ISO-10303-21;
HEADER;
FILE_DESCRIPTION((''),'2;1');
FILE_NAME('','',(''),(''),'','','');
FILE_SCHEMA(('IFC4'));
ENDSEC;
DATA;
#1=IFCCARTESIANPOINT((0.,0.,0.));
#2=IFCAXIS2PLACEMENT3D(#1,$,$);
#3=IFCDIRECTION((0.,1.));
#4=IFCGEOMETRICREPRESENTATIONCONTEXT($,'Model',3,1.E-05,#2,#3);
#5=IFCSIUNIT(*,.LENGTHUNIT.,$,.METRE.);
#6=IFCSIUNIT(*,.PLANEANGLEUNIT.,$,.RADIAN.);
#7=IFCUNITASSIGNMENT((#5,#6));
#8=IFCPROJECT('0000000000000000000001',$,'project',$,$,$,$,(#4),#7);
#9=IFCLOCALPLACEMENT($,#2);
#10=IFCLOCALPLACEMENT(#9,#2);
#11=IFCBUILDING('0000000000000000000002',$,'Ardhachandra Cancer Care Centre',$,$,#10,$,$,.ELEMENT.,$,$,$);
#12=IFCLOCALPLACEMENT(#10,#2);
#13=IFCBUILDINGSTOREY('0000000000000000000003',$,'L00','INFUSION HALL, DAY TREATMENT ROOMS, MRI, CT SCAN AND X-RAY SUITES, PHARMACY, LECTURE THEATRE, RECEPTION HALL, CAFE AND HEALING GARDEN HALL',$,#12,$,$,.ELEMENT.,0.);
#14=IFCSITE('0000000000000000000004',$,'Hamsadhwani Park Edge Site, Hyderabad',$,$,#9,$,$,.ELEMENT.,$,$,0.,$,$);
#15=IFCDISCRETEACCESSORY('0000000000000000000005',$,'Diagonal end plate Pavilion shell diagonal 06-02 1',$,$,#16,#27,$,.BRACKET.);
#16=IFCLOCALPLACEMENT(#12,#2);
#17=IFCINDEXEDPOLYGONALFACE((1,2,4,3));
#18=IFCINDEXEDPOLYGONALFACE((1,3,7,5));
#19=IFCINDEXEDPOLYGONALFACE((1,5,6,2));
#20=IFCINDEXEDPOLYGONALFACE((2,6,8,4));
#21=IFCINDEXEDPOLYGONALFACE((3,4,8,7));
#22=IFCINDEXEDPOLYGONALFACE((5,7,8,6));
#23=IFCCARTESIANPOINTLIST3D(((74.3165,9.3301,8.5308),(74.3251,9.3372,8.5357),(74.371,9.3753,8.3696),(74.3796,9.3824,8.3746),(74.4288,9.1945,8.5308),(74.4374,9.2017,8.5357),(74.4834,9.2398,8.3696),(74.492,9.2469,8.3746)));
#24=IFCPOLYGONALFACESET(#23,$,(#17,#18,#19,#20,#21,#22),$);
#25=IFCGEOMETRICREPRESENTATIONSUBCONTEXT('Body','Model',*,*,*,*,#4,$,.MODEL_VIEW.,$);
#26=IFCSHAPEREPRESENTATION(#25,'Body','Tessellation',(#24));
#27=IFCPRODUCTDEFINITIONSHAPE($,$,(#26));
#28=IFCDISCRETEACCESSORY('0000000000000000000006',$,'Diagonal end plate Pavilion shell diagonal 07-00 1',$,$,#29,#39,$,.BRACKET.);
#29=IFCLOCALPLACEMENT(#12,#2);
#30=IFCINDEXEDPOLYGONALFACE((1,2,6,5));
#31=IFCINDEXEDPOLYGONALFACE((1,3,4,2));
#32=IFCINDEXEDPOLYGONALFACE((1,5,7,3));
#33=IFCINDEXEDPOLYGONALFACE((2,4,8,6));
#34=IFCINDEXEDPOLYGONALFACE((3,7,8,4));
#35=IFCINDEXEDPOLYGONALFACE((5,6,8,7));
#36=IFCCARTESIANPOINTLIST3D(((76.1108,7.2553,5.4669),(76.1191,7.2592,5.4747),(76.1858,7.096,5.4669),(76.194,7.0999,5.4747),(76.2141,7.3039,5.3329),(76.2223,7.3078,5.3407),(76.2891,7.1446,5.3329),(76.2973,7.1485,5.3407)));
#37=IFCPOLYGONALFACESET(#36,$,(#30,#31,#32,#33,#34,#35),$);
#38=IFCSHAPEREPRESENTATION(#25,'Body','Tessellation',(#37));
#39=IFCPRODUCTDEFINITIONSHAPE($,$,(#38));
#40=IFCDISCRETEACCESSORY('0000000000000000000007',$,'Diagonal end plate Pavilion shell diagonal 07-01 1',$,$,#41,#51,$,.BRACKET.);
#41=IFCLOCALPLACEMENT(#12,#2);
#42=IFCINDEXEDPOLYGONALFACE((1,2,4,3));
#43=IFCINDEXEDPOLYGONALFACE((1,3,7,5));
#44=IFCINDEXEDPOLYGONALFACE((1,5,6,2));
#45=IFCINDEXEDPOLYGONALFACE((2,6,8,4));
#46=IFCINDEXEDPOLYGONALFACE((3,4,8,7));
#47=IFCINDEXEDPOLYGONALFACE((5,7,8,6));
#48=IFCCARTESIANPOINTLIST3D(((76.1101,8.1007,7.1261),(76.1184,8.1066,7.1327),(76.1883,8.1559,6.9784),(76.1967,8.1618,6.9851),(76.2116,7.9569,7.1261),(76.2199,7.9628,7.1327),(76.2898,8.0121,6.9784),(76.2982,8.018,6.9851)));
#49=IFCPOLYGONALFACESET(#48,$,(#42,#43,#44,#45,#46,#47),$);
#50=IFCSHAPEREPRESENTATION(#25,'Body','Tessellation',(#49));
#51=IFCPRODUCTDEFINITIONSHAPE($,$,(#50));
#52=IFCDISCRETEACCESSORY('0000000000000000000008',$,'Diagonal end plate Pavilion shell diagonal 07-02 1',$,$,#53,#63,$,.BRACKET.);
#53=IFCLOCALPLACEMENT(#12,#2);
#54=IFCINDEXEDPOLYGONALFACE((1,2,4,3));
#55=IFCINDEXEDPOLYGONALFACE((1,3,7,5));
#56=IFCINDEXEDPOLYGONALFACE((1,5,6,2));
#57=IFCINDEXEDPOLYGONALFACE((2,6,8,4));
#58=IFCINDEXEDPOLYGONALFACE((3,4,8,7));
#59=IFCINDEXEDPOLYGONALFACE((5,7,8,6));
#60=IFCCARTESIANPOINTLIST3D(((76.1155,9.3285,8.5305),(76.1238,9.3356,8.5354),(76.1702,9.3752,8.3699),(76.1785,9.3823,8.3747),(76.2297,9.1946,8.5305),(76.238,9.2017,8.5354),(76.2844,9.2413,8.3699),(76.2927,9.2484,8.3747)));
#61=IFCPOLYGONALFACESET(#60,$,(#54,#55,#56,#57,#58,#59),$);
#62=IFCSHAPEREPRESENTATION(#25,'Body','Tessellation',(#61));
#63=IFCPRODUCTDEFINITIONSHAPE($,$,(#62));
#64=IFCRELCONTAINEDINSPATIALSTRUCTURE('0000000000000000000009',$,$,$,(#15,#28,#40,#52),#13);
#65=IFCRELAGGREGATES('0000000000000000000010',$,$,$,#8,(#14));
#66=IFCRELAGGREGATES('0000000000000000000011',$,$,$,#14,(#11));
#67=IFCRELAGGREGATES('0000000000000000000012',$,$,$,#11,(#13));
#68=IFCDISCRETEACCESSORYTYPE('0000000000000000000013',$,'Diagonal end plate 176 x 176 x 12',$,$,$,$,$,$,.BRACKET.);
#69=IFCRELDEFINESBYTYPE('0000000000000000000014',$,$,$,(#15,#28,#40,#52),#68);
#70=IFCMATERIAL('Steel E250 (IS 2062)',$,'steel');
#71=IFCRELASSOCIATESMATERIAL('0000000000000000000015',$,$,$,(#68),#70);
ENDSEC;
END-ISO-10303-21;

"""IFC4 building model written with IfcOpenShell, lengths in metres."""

from ifc_helpers import new_model, si_unit, direction, frame, origin, origin_2d, place, context, subcontext, project, spatial, rectangle, extrude, material, material_profile, profile_set, type_object, element, save


model = new_model("IFC4")

# Units and contexts
model_context = context("Model", 3, precision=1e-05, world=origin(), true_north=direction((0.0, 1.0)))
body_context = subcontext(model_context, "Body", "Model", "MODEL_VIEW")
ifc_project = project(units=[si_unit("LENGTHUNIT", "METRE"), si_unit("PLANEANGLEUNIT", "RADIAN")], contexts=[model_context])

# Site, building, storey
site_placement = place(None, origin())
site = spatial("IfcSite", under=ifc_project, at=site_placement, Name="Hamsadhwani Park Edge Site, Hyderabad", CompositionType="ELEMENT", RefElevation=0.0)
building_placement = place(site_placement, origin())
building = spatial("IfcBuilding", under=site, at=building_placement, Name="Ardhachandra Cancer Care Centre", CompositionType="ELEMENT")
storey_placement = place(building_placement, origin())
storey = spatial("IfcBuildingStorey", under=building, at=storey_placement, Name="L00", Description="INFUSION HALL, DAY TREATMENT ROOMS, MRI, CT SCAN AND X-RAY SUITES, PHARMACY, LECTURE THEATRE, RECEPTION HALL, CAFE AND HEALING GARDEN HALL", CompositionType="ELEMENT", Elevation=0.0)

# Discrete accessories
ifc_material_1 = material(Name="Steel E250 (IS 2062)", Category="steel")
ifc_material_profile_1 = material_profile(ifc_material_1, rectangle(XDim=0.176, YDim=0.176, at=origin_2d()), Name="PL 176x176x12")
ifc_profile_set_1 = profile_set([ifc_material_profile_1], Name="Steel E250 (IS 2062)")
discrete_accessory_type = type_object("IfcDiscreteAccessoryType", Name="Diagonal end plate 176 x 176 x 12", PredefinedType="BRACKET", material=ifc_profile_set_1)
discrete_accessory_1_placement = place(storey_placement, frame((74.3999, 9.2849, 8.4502), z_axis=(0.704809, 0.583985, 0.402748), x_axis=(-0.638018, 0.770022, 0.0)))
element("IfcDiscreteAccessory", 1, at=discrete_accessory_1_placement, inside=storey, type_object=discrete_accessory_type, Name="Diagonal end plate Pavilion shell diagonal 06-02 1", PredefinedType="BRACKET", context=body_context, shape_type="SweptSolid", body=[
    extrude(rectangle(XDim=0.176, YDim=0.176, at=origin_2d()), origin(), (0.0, 0.0, 1.0), 0.0122),
])
discrete_accessory_2_placement = place(storey_placement, frame((76.2, 7.2, 5.3999), z_axis=(0.688875, 0.324176, 0.648353), x_axis=(-0.425797, 0.904819, 0.0)))
element("IfcDiscreteAccessory", 2, at=discrete_accessory_2_placement, inside=storey, type_object=discrete_accessory_type, Name="Diagonal end plate Pavilion shell diagonal 07-00 1", PredefinedType="BRACKET", context=body_context, shape_type="SweptSolid", body=[
    extrude(rectangle(XDim=0.176, YDim=0.176, at=origin_2d()), origin(), (0.0, 0.0, 1.0), 0.012),
])
discrete_accessory_3_placement = place(storey_placement, frame((76.2, 8.0564, 7.0522), z_axis=(0.685367, 0.483788, 0.544262), x_axis=(-0.576683, 0.816968, 0.0)))
element("IfcDiscreteAccessory", 3, at=discrete_accessory_3_placement, inside=storey, type_object=discrete_accessory_type, Name="Diagonal end plate Pavilion shell diagonal 07-01 1", PredefinedType="BRACKET", context=body_context, shape_type="SweptSolid", body=[
    extrude(rectangle(XDim=0.176, YDim=0.176, at=origin_2d()), origin(), (0.0, 0.0, 1.0), 0.0122),
])
discrete_accessory_4_placement = place(storey_placement, frame((76.2, 9.2849, 8.4502), z_axis=(0.694456, 0.59233, 0.408504), x_axis=(-0.648947, 0.760834, 0.0)))
element("IfcDiscreteAccessory", 4, at=discrete_accessory_4_placement, inside=storey, type_object=discrete_accessory_type, Name="Diagonal end plate Pavilion shell diagonal 07-02 1", PredefinedType="BRACKET", context=body_context, shape_type="SweptSolid", body=[
    extrude(rectangle(XDim=0.176, YDim=0.176, at=origin_2d()), origin(), (0.0, 0.0, 1.0), 0.012),
])

save(model, "model.ifc")
